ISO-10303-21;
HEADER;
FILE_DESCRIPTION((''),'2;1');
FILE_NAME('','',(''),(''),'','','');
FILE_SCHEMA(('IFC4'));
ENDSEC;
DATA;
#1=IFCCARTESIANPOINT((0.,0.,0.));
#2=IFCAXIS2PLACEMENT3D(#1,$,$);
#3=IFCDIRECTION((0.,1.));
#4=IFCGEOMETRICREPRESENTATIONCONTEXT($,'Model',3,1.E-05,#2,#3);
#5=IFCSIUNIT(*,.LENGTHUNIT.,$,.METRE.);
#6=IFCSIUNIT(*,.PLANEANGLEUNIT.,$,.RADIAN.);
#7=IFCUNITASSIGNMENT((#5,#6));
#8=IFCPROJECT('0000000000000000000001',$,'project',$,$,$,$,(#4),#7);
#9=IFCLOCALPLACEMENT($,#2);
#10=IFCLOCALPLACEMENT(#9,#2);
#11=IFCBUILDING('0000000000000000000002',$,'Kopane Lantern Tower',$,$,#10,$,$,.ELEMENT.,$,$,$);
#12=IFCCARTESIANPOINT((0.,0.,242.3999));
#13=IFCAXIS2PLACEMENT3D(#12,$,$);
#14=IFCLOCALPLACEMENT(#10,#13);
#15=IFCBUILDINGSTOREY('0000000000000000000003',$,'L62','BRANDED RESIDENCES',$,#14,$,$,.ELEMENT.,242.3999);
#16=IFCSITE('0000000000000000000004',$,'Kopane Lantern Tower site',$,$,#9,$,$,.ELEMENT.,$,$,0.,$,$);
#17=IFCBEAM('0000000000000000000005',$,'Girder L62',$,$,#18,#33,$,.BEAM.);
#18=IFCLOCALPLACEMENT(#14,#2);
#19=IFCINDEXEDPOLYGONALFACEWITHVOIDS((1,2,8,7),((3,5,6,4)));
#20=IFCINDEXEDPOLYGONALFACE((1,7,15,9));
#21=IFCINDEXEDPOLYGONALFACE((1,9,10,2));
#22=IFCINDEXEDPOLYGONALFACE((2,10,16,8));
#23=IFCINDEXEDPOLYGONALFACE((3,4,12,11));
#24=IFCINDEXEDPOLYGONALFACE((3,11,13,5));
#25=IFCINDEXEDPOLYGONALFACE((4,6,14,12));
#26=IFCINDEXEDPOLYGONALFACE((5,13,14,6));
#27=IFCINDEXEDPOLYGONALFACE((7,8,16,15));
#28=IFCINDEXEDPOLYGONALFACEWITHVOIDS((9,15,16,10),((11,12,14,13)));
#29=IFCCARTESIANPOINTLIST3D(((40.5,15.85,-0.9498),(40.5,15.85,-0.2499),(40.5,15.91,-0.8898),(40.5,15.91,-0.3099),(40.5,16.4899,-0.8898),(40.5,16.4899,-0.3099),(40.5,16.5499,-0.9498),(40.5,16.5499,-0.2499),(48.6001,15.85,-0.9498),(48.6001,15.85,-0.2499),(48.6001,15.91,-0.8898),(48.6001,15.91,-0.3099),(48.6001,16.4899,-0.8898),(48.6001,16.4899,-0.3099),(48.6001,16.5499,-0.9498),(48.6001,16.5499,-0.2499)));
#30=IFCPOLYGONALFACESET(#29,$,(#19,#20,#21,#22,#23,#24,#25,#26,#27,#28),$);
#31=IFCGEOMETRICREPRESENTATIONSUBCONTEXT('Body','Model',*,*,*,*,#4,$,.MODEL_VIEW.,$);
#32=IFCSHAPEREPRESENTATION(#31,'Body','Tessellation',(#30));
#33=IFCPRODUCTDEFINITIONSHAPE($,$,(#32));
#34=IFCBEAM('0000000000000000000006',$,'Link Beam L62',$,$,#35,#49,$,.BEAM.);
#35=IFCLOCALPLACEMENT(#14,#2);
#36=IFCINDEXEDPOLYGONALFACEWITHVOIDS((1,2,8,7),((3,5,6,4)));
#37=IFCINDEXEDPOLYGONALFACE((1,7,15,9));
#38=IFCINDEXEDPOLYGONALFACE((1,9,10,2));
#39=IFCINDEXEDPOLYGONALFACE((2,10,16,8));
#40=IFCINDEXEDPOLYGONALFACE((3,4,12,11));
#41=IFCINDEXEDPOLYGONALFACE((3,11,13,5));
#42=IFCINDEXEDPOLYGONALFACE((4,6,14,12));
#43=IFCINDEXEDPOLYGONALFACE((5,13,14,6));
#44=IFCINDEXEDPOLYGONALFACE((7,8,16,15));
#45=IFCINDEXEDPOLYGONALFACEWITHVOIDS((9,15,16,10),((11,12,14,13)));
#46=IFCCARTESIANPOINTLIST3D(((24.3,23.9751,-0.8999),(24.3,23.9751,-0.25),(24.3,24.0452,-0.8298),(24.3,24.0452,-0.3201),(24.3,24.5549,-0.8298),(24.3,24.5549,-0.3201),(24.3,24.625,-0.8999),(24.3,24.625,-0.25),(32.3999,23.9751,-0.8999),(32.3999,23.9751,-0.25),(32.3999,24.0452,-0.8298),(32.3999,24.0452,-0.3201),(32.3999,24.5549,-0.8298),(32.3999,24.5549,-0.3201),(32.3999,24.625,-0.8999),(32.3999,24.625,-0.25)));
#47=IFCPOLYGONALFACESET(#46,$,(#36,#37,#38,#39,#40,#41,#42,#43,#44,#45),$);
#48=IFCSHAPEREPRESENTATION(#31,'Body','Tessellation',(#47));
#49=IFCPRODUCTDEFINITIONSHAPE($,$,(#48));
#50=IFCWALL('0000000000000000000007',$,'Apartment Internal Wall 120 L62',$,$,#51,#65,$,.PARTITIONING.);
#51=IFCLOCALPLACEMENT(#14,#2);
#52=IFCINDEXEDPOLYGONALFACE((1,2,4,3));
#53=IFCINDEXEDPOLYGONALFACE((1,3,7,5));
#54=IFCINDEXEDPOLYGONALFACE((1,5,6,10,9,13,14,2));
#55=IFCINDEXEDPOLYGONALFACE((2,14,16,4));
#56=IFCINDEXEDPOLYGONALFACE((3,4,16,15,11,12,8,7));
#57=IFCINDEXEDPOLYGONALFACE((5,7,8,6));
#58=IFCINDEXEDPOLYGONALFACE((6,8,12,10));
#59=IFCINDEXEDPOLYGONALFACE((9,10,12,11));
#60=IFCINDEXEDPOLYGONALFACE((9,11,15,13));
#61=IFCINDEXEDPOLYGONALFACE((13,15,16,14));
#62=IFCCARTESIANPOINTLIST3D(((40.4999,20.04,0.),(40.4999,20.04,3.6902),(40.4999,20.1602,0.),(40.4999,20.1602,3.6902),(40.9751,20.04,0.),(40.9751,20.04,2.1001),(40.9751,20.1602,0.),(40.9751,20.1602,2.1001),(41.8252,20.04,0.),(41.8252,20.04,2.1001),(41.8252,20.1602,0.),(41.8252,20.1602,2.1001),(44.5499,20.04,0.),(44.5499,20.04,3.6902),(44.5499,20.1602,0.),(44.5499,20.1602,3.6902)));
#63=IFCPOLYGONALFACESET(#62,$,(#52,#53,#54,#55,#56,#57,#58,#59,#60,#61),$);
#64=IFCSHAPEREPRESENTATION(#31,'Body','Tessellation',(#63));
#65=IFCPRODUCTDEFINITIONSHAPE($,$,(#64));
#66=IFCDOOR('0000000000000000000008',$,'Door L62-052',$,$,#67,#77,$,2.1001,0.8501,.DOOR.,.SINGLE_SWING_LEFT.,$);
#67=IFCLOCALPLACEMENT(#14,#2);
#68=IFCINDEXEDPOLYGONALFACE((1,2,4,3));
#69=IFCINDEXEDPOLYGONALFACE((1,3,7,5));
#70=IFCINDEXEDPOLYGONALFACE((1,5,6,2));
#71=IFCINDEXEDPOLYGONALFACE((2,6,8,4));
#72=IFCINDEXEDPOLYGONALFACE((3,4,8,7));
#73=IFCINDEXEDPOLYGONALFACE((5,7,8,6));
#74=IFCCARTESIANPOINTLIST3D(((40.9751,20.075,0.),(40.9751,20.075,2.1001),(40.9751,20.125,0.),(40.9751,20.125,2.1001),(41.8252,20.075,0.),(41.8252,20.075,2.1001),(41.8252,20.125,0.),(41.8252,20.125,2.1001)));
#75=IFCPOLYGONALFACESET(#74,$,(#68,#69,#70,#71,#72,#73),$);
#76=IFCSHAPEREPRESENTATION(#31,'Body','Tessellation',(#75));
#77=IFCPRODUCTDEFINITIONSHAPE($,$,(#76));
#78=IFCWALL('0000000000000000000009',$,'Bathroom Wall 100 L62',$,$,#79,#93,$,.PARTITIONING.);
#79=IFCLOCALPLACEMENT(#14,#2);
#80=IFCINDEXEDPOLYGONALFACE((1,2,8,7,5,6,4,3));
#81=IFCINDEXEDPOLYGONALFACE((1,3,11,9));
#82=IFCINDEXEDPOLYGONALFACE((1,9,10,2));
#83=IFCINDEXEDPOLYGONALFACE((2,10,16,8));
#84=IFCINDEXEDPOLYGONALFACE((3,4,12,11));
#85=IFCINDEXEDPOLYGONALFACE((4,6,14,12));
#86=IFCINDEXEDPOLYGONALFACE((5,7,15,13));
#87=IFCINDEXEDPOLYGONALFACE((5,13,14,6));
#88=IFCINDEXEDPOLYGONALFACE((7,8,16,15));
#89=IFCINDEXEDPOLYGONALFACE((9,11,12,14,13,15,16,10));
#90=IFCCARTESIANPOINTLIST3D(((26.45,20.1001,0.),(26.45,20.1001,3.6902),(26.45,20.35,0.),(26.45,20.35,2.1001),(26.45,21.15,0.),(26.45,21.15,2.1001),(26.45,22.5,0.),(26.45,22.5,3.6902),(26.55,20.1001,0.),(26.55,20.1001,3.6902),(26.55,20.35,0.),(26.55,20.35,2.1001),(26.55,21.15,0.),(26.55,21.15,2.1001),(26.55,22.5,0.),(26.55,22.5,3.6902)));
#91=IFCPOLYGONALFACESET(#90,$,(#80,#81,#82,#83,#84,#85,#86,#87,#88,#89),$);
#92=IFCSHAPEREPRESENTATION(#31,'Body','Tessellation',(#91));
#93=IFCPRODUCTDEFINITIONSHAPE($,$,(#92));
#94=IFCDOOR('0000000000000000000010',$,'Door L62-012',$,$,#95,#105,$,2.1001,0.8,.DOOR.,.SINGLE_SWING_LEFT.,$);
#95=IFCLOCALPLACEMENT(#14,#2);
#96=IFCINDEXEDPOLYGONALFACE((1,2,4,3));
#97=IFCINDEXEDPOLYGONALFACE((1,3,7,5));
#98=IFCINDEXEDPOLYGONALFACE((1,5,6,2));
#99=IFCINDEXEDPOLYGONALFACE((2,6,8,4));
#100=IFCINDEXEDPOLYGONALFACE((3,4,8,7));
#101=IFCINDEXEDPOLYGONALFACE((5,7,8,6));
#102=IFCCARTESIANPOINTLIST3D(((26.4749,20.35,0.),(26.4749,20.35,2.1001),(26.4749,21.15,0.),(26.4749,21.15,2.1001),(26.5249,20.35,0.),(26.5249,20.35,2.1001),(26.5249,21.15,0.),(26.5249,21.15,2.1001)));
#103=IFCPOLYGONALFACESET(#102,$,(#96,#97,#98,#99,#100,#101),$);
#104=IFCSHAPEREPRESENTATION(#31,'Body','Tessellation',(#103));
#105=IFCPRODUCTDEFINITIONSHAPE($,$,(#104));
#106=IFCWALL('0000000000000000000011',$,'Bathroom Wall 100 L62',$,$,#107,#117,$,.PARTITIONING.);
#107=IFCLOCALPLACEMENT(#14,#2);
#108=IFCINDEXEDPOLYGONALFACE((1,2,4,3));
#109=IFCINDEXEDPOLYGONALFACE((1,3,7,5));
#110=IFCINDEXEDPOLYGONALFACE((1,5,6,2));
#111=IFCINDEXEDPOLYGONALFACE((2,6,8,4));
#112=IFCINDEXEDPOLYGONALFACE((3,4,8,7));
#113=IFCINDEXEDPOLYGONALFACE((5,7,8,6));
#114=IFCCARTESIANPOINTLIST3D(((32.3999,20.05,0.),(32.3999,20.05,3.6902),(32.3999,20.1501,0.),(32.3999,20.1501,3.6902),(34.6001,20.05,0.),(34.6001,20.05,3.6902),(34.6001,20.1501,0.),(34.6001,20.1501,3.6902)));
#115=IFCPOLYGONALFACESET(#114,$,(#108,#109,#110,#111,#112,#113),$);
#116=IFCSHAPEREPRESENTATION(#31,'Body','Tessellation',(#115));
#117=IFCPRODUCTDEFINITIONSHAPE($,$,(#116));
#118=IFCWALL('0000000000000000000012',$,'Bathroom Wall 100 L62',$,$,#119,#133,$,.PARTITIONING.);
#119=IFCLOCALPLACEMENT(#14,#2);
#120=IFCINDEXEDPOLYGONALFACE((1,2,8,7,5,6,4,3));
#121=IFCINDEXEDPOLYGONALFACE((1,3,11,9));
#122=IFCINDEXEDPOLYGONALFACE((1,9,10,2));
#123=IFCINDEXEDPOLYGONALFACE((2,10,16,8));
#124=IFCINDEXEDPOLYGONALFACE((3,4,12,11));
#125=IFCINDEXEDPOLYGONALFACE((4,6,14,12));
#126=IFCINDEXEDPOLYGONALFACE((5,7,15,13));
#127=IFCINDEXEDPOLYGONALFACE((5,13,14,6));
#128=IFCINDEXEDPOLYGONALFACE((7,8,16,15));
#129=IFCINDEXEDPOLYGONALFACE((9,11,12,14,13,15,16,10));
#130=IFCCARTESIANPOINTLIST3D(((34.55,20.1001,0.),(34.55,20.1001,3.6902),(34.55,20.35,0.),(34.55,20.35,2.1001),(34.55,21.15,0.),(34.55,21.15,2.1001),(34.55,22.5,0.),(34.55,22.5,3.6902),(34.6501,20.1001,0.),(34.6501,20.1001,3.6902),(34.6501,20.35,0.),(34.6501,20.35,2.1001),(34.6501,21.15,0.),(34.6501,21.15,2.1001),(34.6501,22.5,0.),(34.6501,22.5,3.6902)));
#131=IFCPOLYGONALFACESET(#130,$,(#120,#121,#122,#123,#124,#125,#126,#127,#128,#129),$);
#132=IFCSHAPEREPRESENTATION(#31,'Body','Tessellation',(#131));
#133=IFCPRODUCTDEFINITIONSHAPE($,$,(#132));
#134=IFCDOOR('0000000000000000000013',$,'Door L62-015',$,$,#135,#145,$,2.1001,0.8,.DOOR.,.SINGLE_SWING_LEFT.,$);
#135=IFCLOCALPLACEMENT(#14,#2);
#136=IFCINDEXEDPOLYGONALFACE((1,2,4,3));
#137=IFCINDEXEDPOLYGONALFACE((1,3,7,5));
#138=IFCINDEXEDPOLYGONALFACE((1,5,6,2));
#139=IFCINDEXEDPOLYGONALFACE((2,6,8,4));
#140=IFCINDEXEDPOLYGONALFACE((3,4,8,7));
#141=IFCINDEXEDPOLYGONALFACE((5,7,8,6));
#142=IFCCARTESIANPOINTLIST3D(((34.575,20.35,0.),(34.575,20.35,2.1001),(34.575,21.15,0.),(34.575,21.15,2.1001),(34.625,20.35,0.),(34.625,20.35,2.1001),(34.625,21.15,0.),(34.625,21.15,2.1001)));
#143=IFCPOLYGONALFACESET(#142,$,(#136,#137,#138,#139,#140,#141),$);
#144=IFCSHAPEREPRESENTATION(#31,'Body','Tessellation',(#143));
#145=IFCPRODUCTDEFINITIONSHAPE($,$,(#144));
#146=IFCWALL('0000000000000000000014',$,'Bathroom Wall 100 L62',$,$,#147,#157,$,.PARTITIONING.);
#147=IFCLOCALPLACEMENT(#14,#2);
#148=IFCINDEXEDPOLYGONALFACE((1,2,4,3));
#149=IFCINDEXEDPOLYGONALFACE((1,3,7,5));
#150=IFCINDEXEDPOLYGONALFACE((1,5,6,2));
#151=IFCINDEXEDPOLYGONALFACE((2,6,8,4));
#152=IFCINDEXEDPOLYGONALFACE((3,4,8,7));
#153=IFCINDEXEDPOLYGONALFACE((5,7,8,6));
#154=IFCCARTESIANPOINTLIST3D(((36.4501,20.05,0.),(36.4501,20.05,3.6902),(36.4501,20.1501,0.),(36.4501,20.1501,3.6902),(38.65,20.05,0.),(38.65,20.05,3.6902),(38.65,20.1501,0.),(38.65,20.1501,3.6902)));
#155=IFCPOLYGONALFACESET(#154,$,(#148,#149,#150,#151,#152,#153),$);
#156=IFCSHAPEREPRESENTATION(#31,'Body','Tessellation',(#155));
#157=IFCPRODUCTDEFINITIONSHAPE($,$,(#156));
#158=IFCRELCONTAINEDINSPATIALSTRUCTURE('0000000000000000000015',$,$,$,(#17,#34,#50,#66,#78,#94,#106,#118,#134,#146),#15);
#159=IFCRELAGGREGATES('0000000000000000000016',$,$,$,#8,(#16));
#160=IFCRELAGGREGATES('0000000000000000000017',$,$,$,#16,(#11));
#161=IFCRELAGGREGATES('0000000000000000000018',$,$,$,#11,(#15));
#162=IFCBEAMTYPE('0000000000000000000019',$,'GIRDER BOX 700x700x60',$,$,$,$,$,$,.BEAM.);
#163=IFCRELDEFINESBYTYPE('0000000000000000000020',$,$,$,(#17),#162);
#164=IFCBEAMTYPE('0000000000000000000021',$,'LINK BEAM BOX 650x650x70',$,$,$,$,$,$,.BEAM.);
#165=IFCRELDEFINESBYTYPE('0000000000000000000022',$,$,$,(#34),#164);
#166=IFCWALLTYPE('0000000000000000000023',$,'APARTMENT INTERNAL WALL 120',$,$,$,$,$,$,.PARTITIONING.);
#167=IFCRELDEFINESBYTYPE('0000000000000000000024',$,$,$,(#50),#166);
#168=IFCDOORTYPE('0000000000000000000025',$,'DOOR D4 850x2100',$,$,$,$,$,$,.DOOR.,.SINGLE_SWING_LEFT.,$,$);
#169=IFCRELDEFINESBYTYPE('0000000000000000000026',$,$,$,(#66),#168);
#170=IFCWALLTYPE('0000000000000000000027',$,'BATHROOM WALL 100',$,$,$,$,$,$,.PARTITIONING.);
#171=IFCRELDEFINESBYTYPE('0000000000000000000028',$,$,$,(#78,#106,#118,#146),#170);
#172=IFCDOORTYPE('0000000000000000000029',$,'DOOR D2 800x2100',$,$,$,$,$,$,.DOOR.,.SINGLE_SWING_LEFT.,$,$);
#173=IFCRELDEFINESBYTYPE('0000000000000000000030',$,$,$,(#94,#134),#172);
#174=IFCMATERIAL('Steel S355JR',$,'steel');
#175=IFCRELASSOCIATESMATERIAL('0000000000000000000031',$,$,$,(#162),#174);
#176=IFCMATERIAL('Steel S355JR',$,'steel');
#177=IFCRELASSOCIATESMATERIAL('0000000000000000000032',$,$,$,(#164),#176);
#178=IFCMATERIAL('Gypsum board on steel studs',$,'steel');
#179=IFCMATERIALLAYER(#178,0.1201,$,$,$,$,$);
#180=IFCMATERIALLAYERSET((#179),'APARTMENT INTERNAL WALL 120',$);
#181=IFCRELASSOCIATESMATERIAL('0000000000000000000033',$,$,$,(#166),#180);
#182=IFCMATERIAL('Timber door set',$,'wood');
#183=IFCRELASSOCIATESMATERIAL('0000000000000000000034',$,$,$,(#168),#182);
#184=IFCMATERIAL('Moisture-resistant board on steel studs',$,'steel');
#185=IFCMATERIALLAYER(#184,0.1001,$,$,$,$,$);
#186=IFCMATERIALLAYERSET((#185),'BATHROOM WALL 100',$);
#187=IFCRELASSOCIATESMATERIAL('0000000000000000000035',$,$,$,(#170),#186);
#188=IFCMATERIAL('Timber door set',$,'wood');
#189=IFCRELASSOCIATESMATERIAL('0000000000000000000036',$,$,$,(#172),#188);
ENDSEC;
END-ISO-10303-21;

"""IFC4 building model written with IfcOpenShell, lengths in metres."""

from ifc_helpers import new_model, si_unit, direction, frame, frame_2d, origin, origin_2d, place, context, subcontext, project, spatial, rectangle, hollow_rectangle, extrude, material, layer, layer_set, material_profile, profile_set, type_object, element, fill, save


model = new_model("IFC4")

# Units and contexts
model_context = context("Model", 3, precision=1e-05, world=origin(), true_north=direction((0.0, 1.0)))
body_context = subcontext(model_context, "Body", "Model", "MODEL_VIEW")
ifc_project = project(units=[si_unit("LENGTHUNIT", "METRE"), si_unit("PLANEANGLEUNIT", "RADIAN")], contexts=[model_context])

# Site, building, storey
site_placement = place(None, origin())
site = spatial("IfcSite", under=ifc_project, at=site_placement, Name="Kopane Lantern Tower site", CompositionType="ELEMENT", RefElevation=0.0)
building_placement = place(site_placement, origin())
building = spatial("IfcBuilding", under=site, at=building_placement, Name="Kopane Lantern Tower", CompositionType="ELEMENT")
storey_placement = place(building_placement, frame((0.0, 0.0, 242.3999)))
storey = spatial("IfcBuildingStorey", under=building, at=storey_placement, Name="L62", Description="BRANDED RESIDENCES", CompositionType="ELEMENT", Elevation=242.3999)

# Beams
ifc_material_1 = material(Name="Steel S355JR", Category="steel")
ifc_material_profile_1 = material_profile(ifc_material_1, hollow_rectangle(XDim=0.7, YDim=0.7, WallThickness=0.0601, at=origin_2d()), Name="BOX 700x700x60")
ifc_profile_set_1 = profile_set([ifc_material_profile_1], Name="Steel S355JR")
beam_type_1 = type_object("IfcBeamType", Name="GIRDER BOX 700x700x60", PredefinedType="BEAM", material=ifc_profile_set_1)
for number, where, z_axis, x_axis, name in (
    (1, (40.5, 16.2, -0.5999), (1.0, 0.0, 0.0), (0.0, 1.0, 0.0), "Girder L62"),
):
    element("IfcBeam", number, at=place(storey_placement, frame(where, z_axis=z_axis, x_axis=x_axis)), inside=storey, type_object=beam_type_1, Name=name, PredefinedType="BEAM", context=body_context, shape_type="SweptSolid", body=[
        extrude(hollow_rectangle(XDim=0.7, YDim=0.7, WallThickness=0.0601, at=origin_2d()), origin(), (0.0, 0.0, 1.0), 8.1001),
    ])
ifc_material_2 = material(Name="Steel S355JR", Category="steel")
ifc_material_profile_2 = material_profile(ifc_material_2, hollow_rectangle(XDim=0.6499, YDim=0.6499, WallThickness=0.0701, at=origin_2d()), Name="BOX 650x650x70")
ifc_profile_set_2 = profile_set([ifc_material_profile_2], Name="Steel S355JR")
beam_type_2 = type_object("IfcBeamType", Name="LINK BEAM BOX 650x650x70", PredefinedType="BEAM", material=ifc_profile_set_2)
beam_1_placement = place(storey_placement, frame((24.3, 24.3, -0.575), z_axis=(1.0, 0.0, 0.0), x_axis=(0.0, 1.0, 0.0)))
element("IfcBeam", 2, at=beam_1_placement, inside=storey, type_object=beam_type_2, Name="Link Beam L62", PredefinedType="BEAM", context=body_context, shape_type="SweptSolid", body=[
    extrude(hollow_rectangle(XDim=0.6499, YDim=0.6499, WallThickness=0.0701, at=origin_2d()), origin(), (0.0, 0.0, 1.0), 8.0999),
])

# Walls, openings, doors
ifc_material_3 = material(Name="Gypsum board on steel studs", Category="steel")
ifc_layer_1 = layer(ifc_material_3, 0.1201)
ifc_layer_set_1 = layer_set([ifc_layer_1], Name="APARTMENT INTERNAL WALL 120")
wall_type_1 = type_object("IfcWallType", Name="APARTMENT INTERNAL WALL 120", PredefinedType="PARTITIONING", material=ifc_layer_set_1)
wall_1_placement = place(storey_placement, frame((40.5, 20.1001, 0.0), z_axis=(0.0, 0.0, 1.0), x_axis=(1.0, 0.0, 0.0)))
wall_1 = element("IfcWall", 3, at=wall_1_placement, inside=storey, type_object=wall_type_1, Name="Apartment Internal Wall 120 L62", PredefinedType="PARTITIONING", context=body_context, shape_type="SweptSolid", body=[
    extrude(rectangle(XDim=4.05, YDim=0.1201, at=frame_2d((2.0249, 0.0))), origin(), (0.0, 0.0, 1.0), 3.6902),
])
opening_1_placement = place(wall_1_placement, frame((0.4751, 0.0, 0.0)))
opening_1 = element("IfcOpeningElement", 4, at=opening_1_placement, cuts=wall_1, PredefinedType="OPENING", context=body_context, shape_type="SweptSolid", body=[
    extrude(rectangle(XDim=0.8501, YDim=2.1001, at=frame_2d((0.425, 1.05))), frame((0.0, 0.0701, 0.0), z_axis=(0.0, -1.0, 0.0), x_axis=(1.0, 0.0, 0.0)), (0.0, 0.0, 1.0), 0.1401),
])
ifc_material_4 = material(Name="Timber door set", Category="wood")
door_type_1 = type_object("IfcDoorType", Name="DOOR D4 850x2100", OperationType="SINGLE_SWING_LEFT", PredefinedType="DOOR", material=ifc_material_4)
door_1_placement = place(opening_1_placement, origin())
door_1 = element("IfcDoor", 5, at=door_1_placement, inside=storey, type_object=door_type_1, Name="Door L62-052", OperationType="SINGLE_SWING_LEFT", OverallHeight=2.1001, OverallWidth=0.8501, PredefinedType="DOOR", context=body_context, shape_type="SweptSolid", body=[
    extrude(rectangle(XDim=0.8501, YDim=2.1001, at=frame_2d((0.425, 1.05))), frame((0.0, 0.0249, 0.0), z_axis=(0.0, -1.0, 0.0), x_axis=(1.0, 0.0, 0.0)), (0.0, 0.0, 1.0), 0.05),
])
fill(opening_1, door_1)
ifc_material_5 = material(Name="Moisture-resistant board on steel studs", Category="steel")
ifc_layer_2 = layer(ifc_material_5, 0.1001)
ifc_layer_set_2 = layer_set([ifc_layer_2], Name="BATHROOM WALL 100")
wall_type_2 = type_object("IfcWallType", Name="BATHROOM WALL 100", PredefinedType="PARTITIONING", material=ifc_layer_set_2)
wall_2_placement = place(storey_placement, frame((26.5, 22.5, 0.0), z_axis=(0.0, 0.0, 1.0), x_axis=(0.0, -1.0, 0.0)))
wall_2 = element("IfcWall", 6, at=wall_2_placement, inside=storey, type_object=wall_type_2, Name="Bathroom Wall 100 L62", PredefinedType="PARTITIONING", context=body_context, shape_type="SweptSolid", body=[
    extrude(rectangle(XDim=2.3999, YDim=0.1001, at=frame_2d((1.2, 0.0))), origin(), (0.0, 0.0, 1.0), 3.6902),
])
opening_2_placement = place(wall_2_placement, frame((1.3501, 0.0, 0.0)))
opening_2 = element("IfcOpeningElement", 7, at=opening_2_placement, cuts=wall_2, PredefinedType="OPENING", context=body_context, shape_type="SweptSolid", body=[
    extrude(rectangle(XDim=0.8, YDim=2.1001, at=frame_2d((0.3999, 1.05))), frame((0.0, 0.0601, 0.0), z_axis=(0.0, -1.0, 0.0), x_axis=(1.0, 0.0, 0.0)), (0.0, 0.0, 1.0), 0.1201),
])
ifc_material_6 = material(Name="Timber door set", Category="wood")
door_type_2 = type_object("IfcDoorType", Name="DOOR D2 800x2100", OperationType="SINGLE_SWING_LEFT", PredefinedType="DOOR", material=ifc_material_6)
door_2_placement = place(opening_2_placement, origin())
door_2 = element("IfcDoor", 8, at=door_2_placement, inside=storey, type_object=door_type_2, Name="Door L62-012", OperationType="SINGLE_SWING_LEFT", OverallHeight=2.1001, OverallWidth=0.8, PredefinedType="DOOR", context=body_context, shape_type="SweptSolid", body=[
    extrude(rectangle(XDim=0.8, YDim=2.1001, at=frame_2d((0.3999, 1.05))), frame((0.0, 0.0249, 0.0), z_axis=(0.0, -1.0, 0.0), x_axis=(1.0, 0.0, 0.0)), (0.0, 0.0, 1.0), 0.05),
])
fill(opening_2, door_2)

# Wall
wall_3_placement = place(storey_placement, frame((32.3999, 20.1001, 0.0), z_axis=(0.0, 0.0, 1.0), x_axis=(1.0, 0.0, 0.0)))
element("IfcWall", 9, at=wall_3_placement, inside=storey, type_object=wall_type_2, Name="Bathroom Wall 100 L62", PredefinedType="PARTITIONING", context=body_context, shape_type="SweptSolid", body=[
    extrude(rectangle(XDim=2.2002, YDim=0.1001, at=frame_2d((1.1001, 0.0))), origin(), (0.0, 0.0, 1.0), 3.6902),
])

# Wall, opening, door
wall_4_placement = place(storey_placement, frame((34.6001, 22.5, 0.0), z_axis=(0.0, 0.0, 1.0), x_axis=(0.0, -1.0, 0.0)))
wall_4 = element("IfcWall", 10, at=wall_4_placement, inside=storey, type_object=wall_type_2, Name="Bathroom Wall 100 L62", PredefinedType="PARTITIONING", context=body_context, shape_type="SweptSolid", body=[
    extrude(rectangle(XDim=2.3999, YDim=0.1001, at=frame_2d((1.2, 0.0))), origin(), (0.0, 0.0, 1.0), 3.6902),
])
opening_3_placement = place(wall_4_placement, frame((1.3501, 0.0, 0.0)))
opening_3 = element("IfcOpeningElement", 11, at=opening_3_placement, cuts=wall_4, PredefinedType="OPENING", context=body_context, shape_type="SweptSolid", body=[
    extrude(rectangle(XDim=0.8, YDim=2.1001, at=frame_2d((0.3999, 1.05))), frame((0.0, 0.0601, 0.0), z_axis=(0.0, -1.0, 0.0), x_axis=(1.0, 0.0, 0.0)), (0.0, 0.0, 1.0), 0.1201),
])
door_3_placement = place(opening_3_placement, origin())
door_3 = element("IfcDoor", 12, at=door_3_placement, inside=storey, type_object=door_type_2, Name="Door L62-015", OperationType="SINGLE_SWING_LEFT", OverallHeight=2.1001, OverallWidth=0.8, PredefinedType="DOOR", context=body_context, shape_type="SweptSolid", body=[
    extrude(rectangle(XDim=0.8, YDim=2.1001, at=frame_2d((0.3999, 1.05))), frame((0.0, 0.0249, 0.0), z_axis=(0.0, -1.0, 0.0), x_axis=(1.0, 0.0, 0.0)), (0.0, 0.0, 1.0), 0.05),
])
fill(opening_3, door_3)

# Wall
wall_5_placement = place(storey_placement, frame((36.45, 20.1001, 0.0), z_axis=(0.0, 0.0, 1.0), x_axis=(1.0, 0.0, 0.0)))
element("IfcWall", 13, at=wall_5_placement, inside=storey, type_object=wall_type_2, Name="Bathroom Wall 100 L62", PredefinedType="PARTITIONING", context=body_context, shape_type="SweptSolid", body=[
    extrude(rectangle(XDim=2.2, YDim=0.1001, at=frame_2d((1.1001, 0.0))), origin(), (0.0, 0.0, 1.0), 3.6902),
])

save(model, "model.ifc")
